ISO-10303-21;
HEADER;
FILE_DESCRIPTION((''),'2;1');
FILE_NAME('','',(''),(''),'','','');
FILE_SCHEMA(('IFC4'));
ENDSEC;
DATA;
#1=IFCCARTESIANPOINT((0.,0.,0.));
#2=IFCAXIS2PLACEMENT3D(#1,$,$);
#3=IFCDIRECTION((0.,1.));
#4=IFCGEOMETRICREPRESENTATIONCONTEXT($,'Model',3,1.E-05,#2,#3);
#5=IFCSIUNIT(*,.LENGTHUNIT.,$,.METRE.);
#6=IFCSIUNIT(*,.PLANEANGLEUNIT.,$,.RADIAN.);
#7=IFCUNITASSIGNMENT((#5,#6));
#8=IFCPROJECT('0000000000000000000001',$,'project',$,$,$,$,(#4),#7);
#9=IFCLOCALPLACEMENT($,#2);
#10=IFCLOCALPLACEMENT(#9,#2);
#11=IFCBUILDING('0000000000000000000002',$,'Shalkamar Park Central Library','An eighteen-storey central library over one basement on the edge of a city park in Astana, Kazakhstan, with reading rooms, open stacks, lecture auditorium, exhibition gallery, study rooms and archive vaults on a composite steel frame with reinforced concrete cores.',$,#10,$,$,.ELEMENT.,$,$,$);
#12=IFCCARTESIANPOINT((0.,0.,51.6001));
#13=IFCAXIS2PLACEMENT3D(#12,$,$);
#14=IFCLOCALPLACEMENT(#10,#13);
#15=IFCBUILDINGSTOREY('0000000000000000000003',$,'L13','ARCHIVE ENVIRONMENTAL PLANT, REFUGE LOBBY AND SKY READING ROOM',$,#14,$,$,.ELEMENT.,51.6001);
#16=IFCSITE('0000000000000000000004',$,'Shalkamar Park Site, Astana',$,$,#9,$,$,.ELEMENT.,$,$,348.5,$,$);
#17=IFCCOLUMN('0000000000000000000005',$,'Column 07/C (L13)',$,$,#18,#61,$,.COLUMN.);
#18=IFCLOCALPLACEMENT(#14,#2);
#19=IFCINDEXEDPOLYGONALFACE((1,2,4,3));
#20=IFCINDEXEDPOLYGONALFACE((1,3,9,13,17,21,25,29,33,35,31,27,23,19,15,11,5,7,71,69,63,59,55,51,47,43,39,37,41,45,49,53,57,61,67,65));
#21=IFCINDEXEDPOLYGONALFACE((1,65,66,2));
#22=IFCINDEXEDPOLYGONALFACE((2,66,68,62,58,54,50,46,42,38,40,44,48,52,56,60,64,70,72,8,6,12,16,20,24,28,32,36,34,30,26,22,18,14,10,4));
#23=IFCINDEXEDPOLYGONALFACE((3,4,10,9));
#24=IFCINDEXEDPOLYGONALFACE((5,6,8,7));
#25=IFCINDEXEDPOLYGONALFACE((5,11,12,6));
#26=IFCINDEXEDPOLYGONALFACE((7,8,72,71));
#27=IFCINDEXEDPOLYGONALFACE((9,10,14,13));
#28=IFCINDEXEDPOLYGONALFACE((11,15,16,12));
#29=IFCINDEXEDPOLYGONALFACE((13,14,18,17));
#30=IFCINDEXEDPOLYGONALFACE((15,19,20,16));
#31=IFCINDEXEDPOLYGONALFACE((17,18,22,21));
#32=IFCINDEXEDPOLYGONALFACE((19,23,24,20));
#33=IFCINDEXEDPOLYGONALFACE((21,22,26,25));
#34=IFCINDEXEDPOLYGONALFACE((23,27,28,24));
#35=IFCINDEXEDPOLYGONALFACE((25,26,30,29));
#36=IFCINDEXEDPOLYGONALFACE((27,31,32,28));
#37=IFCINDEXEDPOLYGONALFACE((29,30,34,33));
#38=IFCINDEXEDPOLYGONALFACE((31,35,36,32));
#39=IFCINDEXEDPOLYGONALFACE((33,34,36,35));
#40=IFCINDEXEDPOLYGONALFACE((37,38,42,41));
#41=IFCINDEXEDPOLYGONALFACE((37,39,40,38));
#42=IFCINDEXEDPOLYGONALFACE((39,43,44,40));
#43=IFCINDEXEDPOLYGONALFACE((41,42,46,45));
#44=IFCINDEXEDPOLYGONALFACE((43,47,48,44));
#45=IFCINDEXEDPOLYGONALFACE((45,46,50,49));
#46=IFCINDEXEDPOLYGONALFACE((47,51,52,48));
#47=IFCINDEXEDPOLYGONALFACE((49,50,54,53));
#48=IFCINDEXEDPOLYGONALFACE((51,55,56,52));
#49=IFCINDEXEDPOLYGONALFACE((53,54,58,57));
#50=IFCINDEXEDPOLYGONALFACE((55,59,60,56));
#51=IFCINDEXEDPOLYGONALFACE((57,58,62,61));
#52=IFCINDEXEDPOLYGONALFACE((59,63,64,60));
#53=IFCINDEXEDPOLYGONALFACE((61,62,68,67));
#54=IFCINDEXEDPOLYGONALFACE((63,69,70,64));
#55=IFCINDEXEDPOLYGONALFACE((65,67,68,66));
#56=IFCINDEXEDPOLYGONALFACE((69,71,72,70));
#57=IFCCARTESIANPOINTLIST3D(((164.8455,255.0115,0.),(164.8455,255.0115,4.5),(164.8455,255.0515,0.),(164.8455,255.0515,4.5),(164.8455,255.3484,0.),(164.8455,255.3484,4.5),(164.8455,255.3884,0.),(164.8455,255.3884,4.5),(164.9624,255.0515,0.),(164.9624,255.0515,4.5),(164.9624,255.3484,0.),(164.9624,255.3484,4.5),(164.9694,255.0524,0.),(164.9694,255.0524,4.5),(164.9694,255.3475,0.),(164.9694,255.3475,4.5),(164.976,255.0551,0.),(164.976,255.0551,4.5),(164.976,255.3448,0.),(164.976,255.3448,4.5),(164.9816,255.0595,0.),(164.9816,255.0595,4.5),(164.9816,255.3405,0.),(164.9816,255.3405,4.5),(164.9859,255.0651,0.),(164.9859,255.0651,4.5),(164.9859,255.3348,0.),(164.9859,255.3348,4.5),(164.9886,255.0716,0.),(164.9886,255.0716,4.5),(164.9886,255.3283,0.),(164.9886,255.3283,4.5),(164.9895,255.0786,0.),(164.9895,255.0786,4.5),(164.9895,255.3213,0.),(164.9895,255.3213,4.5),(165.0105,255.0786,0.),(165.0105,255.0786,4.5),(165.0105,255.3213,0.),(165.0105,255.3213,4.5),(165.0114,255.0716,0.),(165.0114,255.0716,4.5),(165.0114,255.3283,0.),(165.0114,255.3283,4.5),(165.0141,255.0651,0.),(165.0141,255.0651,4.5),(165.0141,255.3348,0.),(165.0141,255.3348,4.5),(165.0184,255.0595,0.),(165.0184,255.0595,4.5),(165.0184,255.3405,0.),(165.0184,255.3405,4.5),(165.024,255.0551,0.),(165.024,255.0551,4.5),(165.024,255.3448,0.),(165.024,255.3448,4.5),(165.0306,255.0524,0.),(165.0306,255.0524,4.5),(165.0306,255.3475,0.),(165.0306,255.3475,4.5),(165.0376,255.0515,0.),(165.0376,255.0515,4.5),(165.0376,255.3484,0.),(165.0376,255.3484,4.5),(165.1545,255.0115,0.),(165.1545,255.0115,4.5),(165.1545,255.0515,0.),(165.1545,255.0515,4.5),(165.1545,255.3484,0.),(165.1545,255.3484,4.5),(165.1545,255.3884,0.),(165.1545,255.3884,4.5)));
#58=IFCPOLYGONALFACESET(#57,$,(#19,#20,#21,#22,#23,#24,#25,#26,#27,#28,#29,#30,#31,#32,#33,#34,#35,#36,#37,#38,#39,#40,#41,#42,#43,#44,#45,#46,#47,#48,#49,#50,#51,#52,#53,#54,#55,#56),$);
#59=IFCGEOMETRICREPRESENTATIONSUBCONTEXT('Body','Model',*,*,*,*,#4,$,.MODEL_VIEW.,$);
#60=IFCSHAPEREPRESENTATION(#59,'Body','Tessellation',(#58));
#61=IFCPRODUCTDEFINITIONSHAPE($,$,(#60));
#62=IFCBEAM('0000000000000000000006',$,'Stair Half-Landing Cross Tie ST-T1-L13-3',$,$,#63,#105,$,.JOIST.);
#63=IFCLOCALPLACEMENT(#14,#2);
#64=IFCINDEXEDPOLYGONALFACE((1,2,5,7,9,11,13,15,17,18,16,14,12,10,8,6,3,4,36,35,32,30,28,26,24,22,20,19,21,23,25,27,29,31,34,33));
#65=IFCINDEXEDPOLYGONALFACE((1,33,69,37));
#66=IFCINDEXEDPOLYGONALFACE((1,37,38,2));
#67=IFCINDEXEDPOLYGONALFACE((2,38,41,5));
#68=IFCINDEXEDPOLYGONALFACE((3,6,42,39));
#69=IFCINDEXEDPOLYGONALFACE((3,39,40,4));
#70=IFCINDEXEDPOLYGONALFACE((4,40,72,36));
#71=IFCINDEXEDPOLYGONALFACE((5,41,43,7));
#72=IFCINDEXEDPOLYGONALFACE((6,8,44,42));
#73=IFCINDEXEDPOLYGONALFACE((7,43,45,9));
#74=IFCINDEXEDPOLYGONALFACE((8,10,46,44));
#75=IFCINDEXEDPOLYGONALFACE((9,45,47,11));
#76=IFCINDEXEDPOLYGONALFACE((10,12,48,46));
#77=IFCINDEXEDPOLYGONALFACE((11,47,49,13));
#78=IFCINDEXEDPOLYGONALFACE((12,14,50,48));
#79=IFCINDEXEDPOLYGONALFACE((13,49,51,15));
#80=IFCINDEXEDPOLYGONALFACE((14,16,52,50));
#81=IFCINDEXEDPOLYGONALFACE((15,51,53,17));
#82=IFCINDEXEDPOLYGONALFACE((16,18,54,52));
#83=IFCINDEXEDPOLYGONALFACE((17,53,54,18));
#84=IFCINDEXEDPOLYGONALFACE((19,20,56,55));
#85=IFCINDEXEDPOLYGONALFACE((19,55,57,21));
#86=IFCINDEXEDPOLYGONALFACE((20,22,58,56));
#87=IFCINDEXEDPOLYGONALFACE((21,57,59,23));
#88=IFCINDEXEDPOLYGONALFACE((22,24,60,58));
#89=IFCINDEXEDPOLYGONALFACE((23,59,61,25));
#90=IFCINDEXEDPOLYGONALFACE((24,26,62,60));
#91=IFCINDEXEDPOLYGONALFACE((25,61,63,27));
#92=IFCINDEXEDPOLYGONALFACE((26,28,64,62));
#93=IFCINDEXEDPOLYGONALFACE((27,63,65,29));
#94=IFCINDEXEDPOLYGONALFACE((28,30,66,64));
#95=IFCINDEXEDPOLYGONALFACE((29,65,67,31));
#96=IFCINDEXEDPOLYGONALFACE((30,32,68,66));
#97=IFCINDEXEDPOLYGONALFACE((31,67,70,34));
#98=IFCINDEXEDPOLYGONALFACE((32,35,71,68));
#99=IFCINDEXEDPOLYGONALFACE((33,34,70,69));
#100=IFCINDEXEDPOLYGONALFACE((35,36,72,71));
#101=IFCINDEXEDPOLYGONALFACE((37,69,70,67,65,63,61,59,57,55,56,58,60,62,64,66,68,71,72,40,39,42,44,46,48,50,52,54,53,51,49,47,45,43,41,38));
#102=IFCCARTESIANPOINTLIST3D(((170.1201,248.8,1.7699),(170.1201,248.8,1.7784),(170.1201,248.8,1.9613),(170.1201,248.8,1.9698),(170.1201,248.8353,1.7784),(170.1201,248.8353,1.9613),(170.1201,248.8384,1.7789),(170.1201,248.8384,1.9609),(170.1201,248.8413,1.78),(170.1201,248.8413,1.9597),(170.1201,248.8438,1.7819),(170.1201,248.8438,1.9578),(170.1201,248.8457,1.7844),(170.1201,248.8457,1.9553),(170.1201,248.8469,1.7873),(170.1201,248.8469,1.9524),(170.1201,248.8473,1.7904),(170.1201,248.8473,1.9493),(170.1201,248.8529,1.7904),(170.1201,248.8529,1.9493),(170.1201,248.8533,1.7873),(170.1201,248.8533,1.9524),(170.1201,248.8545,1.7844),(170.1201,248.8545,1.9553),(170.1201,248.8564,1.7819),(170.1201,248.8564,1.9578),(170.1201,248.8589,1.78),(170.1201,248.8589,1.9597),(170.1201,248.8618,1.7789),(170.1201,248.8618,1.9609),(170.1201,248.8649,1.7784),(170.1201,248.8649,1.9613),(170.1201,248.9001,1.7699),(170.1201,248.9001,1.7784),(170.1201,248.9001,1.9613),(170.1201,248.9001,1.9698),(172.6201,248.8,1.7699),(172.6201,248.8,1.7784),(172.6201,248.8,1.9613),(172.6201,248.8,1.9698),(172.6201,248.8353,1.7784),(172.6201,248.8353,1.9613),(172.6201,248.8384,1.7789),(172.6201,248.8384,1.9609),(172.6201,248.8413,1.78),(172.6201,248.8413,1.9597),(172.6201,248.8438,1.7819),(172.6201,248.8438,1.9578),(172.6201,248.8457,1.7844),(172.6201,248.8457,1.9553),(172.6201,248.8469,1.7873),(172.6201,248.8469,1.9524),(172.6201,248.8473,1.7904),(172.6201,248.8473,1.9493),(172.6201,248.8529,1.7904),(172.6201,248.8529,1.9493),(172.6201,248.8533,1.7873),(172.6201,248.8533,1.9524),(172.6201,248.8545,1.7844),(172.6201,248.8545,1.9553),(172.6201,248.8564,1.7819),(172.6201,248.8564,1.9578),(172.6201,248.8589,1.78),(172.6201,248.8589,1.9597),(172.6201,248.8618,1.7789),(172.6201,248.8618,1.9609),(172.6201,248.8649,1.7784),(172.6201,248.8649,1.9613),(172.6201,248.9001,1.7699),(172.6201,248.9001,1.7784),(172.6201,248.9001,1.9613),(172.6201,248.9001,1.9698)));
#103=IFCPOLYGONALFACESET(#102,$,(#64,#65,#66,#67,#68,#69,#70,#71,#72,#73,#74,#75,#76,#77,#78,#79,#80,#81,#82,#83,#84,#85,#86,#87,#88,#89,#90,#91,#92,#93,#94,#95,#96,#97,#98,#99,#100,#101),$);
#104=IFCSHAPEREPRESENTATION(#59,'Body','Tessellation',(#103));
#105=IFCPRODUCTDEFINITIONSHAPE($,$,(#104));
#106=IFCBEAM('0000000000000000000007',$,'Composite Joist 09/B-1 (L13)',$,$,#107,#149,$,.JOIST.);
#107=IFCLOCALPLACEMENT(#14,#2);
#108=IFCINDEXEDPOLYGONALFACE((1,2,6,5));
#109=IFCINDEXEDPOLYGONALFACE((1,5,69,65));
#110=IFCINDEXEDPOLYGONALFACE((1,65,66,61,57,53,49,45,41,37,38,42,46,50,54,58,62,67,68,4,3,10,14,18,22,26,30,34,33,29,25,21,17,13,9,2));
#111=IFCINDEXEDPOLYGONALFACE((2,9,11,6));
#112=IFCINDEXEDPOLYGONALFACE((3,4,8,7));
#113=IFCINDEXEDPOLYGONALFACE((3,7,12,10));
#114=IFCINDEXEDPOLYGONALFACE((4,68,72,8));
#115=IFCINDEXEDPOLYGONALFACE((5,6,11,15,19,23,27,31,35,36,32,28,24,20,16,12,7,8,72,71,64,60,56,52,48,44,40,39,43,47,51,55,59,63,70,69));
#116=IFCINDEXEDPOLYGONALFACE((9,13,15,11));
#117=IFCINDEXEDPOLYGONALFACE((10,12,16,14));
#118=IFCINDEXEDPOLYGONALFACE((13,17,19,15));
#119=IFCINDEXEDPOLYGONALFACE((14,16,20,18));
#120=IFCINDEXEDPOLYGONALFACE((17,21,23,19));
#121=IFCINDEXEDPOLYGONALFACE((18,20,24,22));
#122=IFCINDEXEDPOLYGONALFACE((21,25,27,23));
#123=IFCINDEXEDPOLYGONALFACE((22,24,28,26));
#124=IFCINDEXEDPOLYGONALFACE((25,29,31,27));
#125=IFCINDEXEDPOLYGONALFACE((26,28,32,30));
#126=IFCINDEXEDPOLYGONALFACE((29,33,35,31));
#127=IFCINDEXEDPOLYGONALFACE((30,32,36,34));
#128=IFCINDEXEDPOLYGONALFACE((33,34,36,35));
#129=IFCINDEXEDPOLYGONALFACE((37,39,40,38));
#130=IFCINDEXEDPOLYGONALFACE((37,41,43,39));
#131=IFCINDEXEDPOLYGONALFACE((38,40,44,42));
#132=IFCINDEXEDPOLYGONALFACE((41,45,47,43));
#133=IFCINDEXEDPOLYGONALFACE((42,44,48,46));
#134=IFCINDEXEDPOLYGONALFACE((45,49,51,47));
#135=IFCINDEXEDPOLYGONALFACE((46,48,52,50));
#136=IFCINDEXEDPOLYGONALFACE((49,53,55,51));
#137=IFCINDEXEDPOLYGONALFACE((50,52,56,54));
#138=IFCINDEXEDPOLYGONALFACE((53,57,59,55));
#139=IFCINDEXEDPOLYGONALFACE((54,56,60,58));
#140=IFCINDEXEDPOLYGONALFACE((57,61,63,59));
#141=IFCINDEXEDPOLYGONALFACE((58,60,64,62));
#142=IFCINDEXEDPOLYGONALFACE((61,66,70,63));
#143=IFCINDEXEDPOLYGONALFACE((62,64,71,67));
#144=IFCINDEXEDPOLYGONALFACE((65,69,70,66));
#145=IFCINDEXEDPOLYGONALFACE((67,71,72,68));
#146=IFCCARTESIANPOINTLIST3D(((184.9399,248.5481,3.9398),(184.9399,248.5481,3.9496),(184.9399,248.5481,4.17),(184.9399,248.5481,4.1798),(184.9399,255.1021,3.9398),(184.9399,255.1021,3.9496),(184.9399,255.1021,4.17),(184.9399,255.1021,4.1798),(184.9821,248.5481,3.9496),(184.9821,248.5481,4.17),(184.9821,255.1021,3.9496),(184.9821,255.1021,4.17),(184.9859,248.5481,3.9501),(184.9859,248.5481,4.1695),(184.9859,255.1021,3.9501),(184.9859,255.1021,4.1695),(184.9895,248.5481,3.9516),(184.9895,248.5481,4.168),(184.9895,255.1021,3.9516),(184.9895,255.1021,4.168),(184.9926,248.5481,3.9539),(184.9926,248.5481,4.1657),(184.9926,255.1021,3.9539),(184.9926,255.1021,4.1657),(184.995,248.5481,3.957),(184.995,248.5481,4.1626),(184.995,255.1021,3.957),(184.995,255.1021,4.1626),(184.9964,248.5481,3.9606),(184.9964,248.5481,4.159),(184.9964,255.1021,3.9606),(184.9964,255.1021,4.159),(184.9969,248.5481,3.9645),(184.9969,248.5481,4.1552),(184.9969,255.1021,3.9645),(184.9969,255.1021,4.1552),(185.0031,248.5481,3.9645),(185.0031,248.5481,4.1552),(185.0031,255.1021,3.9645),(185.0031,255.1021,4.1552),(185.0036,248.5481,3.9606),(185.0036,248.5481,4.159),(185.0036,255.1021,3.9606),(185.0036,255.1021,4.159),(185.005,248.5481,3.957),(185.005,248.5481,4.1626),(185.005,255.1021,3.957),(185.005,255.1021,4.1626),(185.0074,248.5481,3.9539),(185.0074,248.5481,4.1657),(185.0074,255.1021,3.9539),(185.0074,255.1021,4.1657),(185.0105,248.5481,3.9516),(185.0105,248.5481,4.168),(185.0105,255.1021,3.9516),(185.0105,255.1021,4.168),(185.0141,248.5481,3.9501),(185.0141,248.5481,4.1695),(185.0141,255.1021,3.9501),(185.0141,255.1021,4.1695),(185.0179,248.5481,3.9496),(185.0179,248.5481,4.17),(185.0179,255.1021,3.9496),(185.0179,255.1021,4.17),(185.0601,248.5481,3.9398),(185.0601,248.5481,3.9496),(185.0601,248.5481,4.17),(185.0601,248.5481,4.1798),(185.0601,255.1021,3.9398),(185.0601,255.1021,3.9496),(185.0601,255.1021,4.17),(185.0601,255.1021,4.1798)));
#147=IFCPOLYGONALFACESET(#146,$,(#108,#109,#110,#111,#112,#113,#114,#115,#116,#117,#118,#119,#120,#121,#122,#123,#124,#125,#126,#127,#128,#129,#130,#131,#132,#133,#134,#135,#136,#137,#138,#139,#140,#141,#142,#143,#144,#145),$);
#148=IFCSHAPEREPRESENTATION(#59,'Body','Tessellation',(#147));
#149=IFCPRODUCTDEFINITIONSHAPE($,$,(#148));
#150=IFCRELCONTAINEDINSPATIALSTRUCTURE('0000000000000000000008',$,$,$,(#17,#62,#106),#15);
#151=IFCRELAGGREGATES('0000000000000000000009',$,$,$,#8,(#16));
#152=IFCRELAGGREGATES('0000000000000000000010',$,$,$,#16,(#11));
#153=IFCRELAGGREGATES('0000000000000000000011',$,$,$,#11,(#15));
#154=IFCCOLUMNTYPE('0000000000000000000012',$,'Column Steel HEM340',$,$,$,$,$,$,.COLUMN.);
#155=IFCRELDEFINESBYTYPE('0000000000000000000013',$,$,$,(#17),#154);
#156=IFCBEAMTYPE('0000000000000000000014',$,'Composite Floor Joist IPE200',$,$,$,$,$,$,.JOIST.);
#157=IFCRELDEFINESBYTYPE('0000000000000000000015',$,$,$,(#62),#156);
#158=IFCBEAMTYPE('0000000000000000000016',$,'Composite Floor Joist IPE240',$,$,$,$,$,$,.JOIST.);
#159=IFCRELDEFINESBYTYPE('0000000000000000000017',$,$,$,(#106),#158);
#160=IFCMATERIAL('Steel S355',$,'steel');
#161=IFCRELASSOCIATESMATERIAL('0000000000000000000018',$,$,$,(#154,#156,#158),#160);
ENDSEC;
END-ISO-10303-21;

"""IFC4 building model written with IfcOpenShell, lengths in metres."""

from ifc_helpers import new_model, si_unit, direction, frame, origin, origin_2d, place, context, subcontext, project, spatial, i_section, extrude, material, material_profile, profile_set, type_object, element, save


model = new_model("IFC4")

# Units and contexts
model_context = context("Model", 3, precision=1e-05, world=origin(), true_north=direction((0.0, 1.0)))
body_context = subcontext(model_context, "Body", "Model", "MODEL_VIEW")
ifc_project = project(units=[si_unit("LENGTHUNIT", "METRE"), si_unit("PLANEANGLEUNIT", "RADIAN")], contexts=[model_context])

# Site, building, storey
site_placement = place(None, origin())
site = spatial("IfcSite", under=ifc_project, at=site_placement, Name="Shalkamar Park Site, Astana", CompositionType="ELEMENT", RefElevation=348.5)
building_placement = place(site_placement, origin())
building = spatial("IfcBuilding", under=site, at=building_placement, Name="Shalkamar Park Central Library", Description="An eighteen-storey central library over one basement on the edge of a city park in Astana, Kazakhstan, with reading rooms, open stacks, lecture auditorium, exhibition gallery, study rooms and archive vaults on a composite steel frame with reinforced concrete cores.", CompositionType="ELEMENT")
storey_placement = place(building_placement, frame((0.0, 0.0, 51.6001)))
storey = spatial("IfcBuildingStorey", under=building, at=storey_placement, Name="L13", Description="ARCHIVE ENVIRONMENTAL PLANT, REFUGE LOBBY AND SKY READING ROOM", CompositionType="ELEMENT", Elevation=51.6001)

# Column
ifc_material_1 = material(Name="Steel S355", Category="steel")
ifc_material_profile_1 = material_profile(ifc_material_1, i_section(OverallWidth=0.3091, OverallDepth=0.377, WebThickness=0.021, FlangeThickness=0.04, FilletRadius=0.0271, at=origin_2d()), Name="HEM 340")
ifc_profile_set_1 = profile_set([ifc_material_profile_1], Name="Steel S355")
column_type = type_object("IfcColumnType", Name="Column Steel HEM340", PredefinedType="COLUMN", material=ifc_profile_set_1)
column_placement = place(storey_placement, frame((165.0, 255.2, 0.0), z_axis=(0.0, 0.0, 1.0), x_axis=(1.0, 0.0, 0.0)))
element("IfcColumn", 1, at=column_placement, inside=storey, type_object=column_type, Name="Column 07/C (L13)", PredefinedType="COLUMN", context=body_context, shape_type="SweptSolid", body=[
    extrude(i_section(OverallWidth=0.3091, OverallDepth=0.377, WebThickness=0.021, FlangeThickness=0.04, FilletRadius=0.0271, at=origin_2d()), origin(), (0.0, 0.0, 1.0), 4.5),
])

# Beams
ifc_material_profile_2 = material_profile(ifc_material_1, i_section(OverallWidth=0.1001, OverallDepth=0.2, WebThickness=0.0056, FlangeThickness=0.0085, FilletRadius=0.012, at=origin_2d()), Name="IPE 200")
ifc_profile_set_2 = profile_set([ifc_material_profile_2], Name="Steel S355")
beam_type_1 = type_object("IfcBeamType", Name="Composite Floor Joist IPE200", PredefinedType="JOIST", material=ifc_profile_set_2)
beam_1_placement = place(storey_placement, frame((170.1201, 248.8501, 1.8699), z_axis=(1.0, 0.0, 0.0), x_axis=(0.0, 1.0, 0.0)))
element("IfcBeam", 2, at=beam_1_placement, inside=storey, type_object=beam_type_1, Name="Stair Half-Landing Cross Tie ST-T1-L13-3", PredefinedType="JOIST", context=body_context, shape_type="SweptSolid", body=[
    extrude(i_section(OverallWidth=0.1001, OverallDepth=0.2, WebThickness=0.0056, FlangeThickness=0.0085, FilletRadius=0.012, at=origin_2d()), origin(), (0.0, 0.0, 1.0), 2.5),
])
ifc_material_profile_3 = material_profile(ifc_material_1, i_section(OverallWidth=0.1201, OverallDepth=0.24, WebThickness=0.0061, FlangeThickness=0.0098, FilletRadius=0.0149, at=origin_2d()), Name="IPE 240")
ifc_profile_set_3 = profile_set([ifc_material_profile_3], Name="Steel S355")
beam_type_2 = type_object("IfcBeamType", Name="Composite Floor Joist IPE240", PredefinedType="JOIST", material=ifc_profile_set_3)
beam_2_placement = place(storey_placement, frame((185.0, 248.5481, 4.0598), z_axis=(0.0, 1.0, 0.0), x_axis=(-1.0, 0.0, 0.0)))
element("IfcBeam", 3, at=beam_2_placement, inside=storey, type_object=beam_type_2, Name="Composite Joist 09/B-1 (L13)", PredefinedType="JOIST", context=body_context, shape_type="SweptSolid", body=[
    extrude(i_section(OverallWidth=0.1201, OverallDepth=0.24, WebThickness=0.0061, FlangeThickness=0.0098, FilletRadius=0.0149, at=origin_2d()), origin(), (0.0, 0.0, 1.0), 6.554),
])

save(model, "model.ifc")
